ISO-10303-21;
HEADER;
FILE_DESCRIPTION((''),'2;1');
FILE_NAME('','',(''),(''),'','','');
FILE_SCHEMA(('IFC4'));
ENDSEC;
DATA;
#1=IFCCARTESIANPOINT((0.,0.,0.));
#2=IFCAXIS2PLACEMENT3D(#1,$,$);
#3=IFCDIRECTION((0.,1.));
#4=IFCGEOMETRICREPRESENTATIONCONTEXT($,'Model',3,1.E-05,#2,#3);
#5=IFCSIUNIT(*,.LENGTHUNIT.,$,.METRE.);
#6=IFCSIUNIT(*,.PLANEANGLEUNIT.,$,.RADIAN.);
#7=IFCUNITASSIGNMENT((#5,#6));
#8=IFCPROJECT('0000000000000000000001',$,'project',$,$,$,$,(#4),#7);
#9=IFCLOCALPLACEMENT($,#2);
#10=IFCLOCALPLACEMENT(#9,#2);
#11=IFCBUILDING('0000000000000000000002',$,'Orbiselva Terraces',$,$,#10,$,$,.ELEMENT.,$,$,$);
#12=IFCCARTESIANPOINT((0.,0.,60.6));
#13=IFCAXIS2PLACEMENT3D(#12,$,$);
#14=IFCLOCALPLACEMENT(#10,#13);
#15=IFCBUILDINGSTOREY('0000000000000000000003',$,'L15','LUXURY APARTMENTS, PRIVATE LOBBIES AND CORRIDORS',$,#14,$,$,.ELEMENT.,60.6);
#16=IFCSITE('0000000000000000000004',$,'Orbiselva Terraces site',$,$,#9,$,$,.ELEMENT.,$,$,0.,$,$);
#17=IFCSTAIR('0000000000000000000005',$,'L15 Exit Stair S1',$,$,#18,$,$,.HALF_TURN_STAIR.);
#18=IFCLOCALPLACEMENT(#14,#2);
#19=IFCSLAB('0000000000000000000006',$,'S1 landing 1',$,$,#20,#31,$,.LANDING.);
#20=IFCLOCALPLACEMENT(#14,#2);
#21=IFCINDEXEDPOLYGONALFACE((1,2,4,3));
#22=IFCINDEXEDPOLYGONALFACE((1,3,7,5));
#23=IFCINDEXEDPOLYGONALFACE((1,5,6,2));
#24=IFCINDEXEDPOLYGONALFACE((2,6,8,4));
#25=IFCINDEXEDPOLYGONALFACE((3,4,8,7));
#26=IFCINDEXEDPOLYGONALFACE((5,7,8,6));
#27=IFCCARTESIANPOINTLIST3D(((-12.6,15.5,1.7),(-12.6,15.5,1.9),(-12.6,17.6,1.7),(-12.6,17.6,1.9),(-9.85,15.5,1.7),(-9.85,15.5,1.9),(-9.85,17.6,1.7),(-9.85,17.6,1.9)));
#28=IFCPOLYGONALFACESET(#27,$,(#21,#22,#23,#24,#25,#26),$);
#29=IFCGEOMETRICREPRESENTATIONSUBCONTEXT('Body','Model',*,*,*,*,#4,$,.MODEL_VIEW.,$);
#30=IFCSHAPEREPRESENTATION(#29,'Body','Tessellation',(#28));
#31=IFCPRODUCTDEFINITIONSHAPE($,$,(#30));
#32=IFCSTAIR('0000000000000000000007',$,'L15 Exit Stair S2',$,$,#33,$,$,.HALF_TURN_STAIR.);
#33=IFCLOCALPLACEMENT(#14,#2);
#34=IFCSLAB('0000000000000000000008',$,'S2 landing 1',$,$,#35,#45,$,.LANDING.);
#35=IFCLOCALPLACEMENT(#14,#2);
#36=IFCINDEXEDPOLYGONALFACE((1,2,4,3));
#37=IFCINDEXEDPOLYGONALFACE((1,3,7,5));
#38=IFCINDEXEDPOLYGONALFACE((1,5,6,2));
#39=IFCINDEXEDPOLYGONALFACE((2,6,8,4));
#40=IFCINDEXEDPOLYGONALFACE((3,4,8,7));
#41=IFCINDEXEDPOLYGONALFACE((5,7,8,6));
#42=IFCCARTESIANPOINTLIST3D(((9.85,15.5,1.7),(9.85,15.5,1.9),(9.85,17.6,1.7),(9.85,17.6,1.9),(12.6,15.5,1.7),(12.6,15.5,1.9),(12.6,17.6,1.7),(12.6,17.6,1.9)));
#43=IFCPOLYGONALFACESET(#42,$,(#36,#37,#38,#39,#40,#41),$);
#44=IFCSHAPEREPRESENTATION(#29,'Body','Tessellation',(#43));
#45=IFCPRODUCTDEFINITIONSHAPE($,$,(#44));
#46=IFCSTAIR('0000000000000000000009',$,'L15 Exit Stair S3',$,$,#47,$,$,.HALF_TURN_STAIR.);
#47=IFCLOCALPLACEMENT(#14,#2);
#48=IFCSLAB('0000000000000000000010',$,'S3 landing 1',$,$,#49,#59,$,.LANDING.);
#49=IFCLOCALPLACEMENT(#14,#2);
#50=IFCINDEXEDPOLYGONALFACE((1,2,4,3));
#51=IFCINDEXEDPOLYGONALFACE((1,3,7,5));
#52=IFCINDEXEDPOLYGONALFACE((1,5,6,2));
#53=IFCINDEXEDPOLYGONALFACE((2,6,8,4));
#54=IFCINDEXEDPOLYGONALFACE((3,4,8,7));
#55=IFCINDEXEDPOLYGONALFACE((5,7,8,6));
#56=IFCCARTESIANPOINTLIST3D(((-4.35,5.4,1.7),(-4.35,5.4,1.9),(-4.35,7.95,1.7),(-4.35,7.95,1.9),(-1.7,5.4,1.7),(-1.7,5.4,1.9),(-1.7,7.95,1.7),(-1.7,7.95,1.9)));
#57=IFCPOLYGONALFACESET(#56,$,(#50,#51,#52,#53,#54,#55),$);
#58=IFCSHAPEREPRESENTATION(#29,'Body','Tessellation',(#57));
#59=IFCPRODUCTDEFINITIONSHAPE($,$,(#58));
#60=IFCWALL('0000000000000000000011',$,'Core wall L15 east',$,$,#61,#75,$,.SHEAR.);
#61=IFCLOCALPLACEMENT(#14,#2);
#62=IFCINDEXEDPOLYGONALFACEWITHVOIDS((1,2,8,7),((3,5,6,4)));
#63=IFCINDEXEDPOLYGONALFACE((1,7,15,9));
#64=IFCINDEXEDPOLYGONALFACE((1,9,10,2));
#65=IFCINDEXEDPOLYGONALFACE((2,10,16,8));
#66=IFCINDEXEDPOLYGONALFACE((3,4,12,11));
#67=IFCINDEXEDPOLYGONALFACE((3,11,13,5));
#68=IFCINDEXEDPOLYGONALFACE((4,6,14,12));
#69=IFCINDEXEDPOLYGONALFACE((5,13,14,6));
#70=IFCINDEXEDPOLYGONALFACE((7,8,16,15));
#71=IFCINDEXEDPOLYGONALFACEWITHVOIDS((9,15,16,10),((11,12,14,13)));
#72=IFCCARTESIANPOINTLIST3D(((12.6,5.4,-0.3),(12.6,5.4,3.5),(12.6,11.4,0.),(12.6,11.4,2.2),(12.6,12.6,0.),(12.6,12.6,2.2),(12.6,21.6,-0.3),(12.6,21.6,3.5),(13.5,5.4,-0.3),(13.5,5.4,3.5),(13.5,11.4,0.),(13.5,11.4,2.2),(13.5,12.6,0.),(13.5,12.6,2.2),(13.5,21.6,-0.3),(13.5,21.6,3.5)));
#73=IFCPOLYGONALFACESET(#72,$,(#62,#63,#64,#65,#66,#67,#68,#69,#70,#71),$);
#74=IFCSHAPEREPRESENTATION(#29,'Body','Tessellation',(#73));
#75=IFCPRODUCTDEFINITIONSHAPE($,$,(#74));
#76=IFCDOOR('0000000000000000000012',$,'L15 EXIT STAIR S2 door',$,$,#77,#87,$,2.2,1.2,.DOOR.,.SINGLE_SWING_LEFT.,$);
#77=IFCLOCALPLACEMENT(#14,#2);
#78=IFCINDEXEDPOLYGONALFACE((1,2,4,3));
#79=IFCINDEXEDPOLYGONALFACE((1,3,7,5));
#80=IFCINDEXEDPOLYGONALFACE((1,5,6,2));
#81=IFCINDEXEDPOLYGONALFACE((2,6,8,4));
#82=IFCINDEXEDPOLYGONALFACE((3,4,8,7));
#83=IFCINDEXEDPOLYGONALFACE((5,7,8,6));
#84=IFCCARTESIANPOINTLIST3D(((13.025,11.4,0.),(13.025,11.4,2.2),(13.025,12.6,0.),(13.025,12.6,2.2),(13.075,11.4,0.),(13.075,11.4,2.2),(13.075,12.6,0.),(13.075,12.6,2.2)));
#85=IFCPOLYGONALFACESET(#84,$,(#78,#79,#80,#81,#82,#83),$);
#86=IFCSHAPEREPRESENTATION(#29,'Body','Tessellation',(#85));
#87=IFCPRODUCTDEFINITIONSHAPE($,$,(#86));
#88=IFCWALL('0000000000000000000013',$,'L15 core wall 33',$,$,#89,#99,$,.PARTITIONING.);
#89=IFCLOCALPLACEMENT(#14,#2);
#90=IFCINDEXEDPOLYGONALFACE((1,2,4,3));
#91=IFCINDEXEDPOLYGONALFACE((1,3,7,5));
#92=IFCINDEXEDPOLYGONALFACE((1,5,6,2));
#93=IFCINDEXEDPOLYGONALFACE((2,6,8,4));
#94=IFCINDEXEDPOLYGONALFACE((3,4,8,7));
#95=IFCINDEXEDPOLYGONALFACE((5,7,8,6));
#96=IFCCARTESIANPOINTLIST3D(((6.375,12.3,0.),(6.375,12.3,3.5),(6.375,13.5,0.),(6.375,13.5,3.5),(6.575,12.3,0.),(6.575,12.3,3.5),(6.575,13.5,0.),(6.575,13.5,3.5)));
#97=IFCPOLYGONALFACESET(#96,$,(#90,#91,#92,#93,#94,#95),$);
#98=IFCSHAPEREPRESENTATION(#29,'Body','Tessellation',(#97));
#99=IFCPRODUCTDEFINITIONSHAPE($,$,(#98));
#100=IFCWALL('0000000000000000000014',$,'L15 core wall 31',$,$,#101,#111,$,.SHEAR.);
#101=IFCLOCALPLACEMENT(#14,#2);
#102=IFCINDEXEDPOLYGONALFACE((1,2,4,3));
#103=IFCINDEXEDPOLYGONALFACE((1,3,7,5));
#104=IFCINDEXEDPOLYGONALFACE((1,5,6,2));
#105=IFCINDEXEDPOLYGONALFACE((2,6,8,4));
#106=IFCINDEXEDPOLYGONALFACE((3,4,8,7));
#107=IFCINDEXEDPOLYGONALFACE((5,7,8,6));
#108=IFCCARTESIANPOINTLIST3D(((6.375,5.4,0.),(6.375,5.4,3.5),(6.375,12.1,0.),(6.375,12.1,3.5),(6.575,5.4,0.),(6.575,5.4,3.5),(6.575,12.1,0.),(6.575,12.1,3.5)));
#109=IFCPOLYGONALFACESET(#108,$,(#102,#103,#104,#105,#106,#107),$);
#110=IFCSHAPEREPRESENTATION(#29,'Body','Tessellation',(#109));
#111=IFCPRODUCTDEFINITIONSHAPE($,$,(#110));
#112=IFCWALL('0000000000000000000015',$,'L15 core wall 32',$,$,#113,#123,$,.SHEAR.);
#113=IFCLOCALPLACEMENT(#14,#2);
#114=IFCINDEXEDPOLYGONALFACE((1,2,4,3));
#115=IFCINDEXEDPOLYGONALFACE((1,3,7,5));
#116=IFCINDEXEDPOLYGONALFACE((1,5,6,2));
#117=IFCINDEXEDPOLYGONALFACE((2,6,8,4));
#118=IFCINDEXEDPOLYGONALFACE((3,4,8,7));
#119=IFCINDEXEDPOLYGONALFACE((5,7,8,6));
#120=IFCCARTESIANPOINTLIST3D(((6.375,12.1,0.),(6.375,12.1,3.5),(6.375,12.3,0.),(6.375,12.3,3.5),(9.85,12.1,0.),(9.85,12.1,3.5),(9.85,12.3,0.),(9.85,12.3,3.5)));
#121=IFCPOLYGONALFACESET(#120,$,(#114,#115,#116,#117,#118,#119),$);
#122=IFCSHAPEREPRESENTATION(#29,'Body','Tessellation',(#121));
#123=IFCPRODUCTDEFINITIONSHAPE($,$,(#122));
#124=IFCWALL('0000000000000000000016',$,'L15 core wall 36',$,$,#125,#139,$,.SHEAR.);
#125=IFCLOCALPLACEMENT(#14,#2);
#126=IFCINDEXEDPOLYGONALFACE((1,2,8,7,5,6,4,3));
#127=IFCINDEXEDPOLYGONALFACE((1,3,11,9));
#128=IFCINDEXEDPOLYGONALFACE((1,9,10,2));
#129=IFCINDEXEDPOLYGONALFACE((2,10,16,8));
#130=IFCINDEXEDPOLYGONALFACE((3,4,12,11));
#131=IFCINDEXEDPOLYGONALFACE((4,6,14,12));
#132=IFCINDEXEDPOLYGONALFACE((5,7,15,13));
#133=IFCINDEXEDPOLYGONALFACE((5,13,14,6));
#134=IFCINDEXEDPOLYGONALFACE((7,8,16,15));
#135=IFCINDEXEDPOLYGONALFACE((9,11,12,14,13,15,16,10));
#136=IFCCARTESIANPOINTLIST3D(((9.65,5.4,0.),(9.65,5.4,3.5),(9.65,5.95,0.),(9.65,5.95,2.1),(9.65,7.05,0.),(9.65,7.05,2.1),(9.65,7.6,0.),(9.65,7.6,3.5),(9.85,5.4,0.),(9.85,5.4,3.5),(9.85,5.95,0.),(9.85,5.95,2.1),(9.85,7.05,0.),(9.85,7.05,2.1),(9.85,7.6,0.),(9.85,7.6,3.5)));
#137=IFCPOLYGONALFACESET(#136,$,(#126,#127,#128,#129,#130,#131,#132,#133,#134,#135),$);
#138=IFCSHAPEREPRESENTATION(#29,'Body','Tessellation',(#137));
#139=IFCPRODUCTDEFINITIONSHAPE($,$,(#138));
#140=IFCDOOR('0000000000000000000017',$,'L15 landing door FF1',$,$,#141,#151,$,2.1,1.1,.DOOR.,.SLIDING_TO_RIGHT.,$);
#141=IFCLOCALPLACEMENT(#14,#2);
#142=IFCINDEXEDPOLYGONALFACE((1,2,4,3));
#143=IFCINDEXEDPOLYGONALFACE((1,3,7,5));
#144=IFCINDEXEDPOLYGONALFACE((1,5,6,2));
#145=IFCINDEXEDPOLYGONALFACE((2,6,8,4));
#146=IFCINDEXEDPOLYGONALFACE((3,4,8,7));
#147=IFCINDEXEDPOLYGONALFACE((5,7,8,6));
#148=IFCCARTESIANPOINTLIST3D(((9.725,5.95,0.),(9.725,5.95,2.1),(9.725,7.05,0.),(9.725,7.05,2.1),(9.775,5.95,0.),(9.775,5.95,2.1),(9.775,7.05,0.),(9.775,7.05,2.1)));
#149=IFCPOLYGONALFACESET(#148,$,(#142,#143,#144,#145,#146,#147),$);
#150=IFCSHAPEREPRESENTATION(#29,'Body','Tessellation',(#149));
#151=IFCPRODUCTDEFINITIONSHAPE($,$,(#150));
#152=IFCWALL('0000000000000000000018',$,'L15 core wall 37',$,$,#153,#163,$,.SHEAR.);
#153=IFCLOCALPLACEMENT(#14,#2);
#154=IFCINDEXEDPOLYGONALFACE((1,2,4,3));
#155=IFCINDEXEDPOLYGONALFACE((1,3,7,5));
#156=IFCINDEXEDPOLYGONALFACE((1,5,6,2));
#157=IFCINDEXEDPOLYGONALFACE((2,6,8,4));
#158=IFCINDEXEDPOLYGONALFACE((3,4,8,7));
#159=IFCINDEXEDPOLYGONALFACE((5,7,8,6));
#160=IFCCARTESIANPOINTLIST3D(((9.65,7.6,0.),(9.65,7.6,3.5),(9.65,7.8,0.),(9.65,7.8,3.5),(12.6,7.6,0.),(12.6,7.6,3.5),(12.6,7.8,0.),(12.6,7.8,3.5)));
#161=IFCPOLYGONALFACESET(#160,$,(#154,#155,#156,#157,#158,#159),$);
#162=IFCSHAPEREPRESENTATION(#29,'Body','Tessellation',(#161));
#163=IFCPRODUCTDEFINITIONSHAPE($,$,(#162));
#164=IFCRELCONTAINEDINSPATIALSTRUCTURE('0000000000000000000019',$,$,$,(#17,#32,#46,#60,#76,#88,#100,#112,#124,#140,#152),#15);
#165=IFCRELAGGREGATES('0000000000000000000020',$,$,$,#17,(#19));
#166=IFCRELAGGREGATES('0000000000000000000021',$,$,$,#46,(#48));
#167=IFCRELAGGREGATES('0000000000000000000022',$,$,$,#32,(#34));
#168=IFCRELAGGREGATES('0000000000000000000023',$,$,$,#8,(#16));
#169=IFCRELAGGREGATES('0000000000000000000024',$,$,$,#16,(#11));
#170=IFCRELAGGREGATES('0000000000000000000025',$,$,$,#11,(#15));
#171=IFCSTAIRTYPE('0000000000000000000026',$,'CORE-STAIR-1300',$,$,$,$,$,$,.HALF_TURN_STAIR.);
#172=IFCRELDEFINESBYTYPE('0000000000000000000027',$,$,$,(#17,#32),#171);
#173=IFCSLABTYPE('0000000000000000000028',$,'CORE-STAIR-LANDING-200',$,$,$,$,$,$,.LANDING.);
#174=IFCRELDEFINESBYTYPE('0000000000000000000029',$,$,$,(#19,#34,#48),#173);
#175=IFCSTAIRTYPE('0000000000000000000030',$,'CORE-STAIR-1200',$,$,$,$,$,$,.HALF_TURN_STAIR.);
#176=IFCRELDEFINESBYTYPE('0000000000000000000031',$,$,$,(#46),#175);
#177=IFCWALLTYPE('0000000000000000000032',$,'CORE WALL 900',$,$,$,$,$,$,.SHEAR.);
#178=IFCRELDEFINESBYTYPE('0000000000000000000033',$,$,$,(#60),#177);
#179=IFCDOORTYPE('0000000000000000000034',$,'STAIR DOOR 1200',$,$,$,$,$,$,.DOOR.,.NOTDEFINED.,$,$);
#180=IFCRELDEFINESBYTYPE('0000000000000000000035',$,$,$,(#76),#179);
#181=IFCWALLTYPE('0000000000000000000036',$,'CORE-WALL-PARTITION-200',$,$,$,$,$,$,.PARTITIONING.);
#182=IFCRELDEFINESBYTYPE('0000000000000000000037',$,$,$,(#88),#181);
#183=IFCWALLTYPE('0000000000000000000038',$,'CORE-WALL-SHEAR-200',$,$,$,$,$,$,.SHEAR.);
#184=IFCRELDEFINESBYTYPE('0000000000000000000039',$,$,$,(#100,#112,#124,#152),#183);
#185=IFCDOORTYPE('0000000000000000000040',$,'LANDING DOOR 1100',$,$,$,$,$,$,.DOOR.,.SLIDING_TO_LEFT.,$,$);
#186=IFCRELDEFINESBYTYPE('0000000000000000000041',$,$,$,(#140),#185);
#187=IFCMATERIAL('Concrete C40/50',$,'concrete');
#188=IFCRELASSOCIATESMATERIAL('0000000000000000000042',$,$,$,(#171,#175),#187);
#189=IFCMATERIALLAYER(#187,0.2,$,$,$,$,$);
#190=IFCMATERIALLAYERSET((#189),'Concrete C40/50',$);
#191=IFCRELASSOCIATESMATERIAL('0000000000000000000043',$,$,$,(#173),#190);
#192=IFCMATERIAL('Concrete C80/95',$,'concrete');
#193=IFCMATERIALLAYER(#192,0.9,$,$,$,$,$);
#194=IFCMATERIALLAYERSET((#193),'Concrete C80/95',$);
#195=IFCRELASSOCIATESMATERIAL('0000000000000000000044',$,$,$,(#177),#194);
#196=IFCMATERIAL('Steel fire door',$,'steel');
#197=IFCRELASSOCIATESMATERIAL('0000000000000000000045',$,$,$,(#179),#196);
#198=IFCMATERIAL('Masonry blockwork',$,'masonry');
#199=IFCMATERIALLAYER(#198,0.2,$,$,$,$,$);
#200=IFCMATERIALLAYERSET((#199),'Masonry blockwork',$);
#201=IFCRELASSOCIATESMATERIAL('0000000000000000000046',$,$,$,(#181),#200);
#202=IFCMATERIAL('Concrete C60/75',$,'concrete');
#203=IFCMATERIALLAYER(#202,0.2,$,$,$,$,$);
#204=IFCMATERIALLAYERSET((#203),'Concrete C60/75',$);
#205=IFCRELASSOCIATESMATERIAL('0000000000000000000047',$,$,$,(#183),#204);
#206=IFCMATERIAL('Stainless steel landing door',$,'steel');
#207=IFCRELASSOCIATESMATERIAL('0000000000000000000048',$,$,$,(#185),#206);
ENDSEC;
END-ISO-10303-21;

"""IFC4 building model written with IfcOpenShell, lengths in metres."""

from ifc_helpers import new_model, si_unit, direction, frame, frame_2d, origin, place, context, subcontext, project, spatial, polyline, rectangle, outline, extrude, material, layer, layer_set, type_object, element, fill, aggregate, save


model = new_model("IFC4")

# Units and contexts
model_context = context("Model", 3, precision=1e-05, world=origin(), true_north=direction((0.0, 1.0)))
body_context = subcontext(model_context, "Body", "Model", "MODEL_VIEW")
ifc_project = project(units=[si_unit("LENGTHUNIT", "METRE"), si_unit("PLANEANGLEUNIT", "RADIAN")], contexts=[model_context])

# Site, building, storey
site_placement = place(None, origin())
site = spatial("IfcSite", under=ifc_project, at=site_placement, Name="Orbiselva Terraces site", CompositionType="ELEMENT", RefElevation=0.0)
building_placement = place(site_placement, origin())
building = spatial("IfcBuilding", under=site, at=building_placement, Name="Orbiselva Terraces", CompositionType="ELEMENT")
storey_placement = place(building_placement, frame((0.0, 0.0, 60.6)))
storey = spatial("IfcBuildingStorey", under=building, at=storey_placement, Name="L15", Description="LUXURY APARTMENTS, PRIVATE LOBBIES AND CORRIDORS", CompositionType="ELEMENT", Elevation=60.6)

# Stairs, slabs
ifc_material_1 = material(Name="Concrete C40/50", Category="concrete")
stair_type_1 = type_object("IfcStairType", Name="CORE-STAIR-1300", PredefinedType="HALF_TURN_STAIR", material=ifc_material_1)
stair_1_placement = place(storey_placement, origin())
stair_1 = element("IfcStair", 1, at=stair_1_placement, inside=storey, type_object=stair_type_1, Name="L15 Exit Stair S1", PredefinedType="HALF_TURN_STAIR")
ifc_layer_1 = layer(ifc_material_1, 0.2)
ifc_layer_set_1 = layer_set([ifc_layer_1], Name="Concrete C40/50")
slab_type = type_object("IfcSlabType", Name="CORE-STAIR-LANDING-200", PredefinedType="LANDING", material=ifc_layer_set_1)
slab_1_placement = place(storey_placement, frame((0.0, 0.0, 1.7)))
slab_1 = element("IfcSlab", 2, at=slab_1_placement, type_object=slab_type, Name="S1 landing 1", PredefinedType="LANDING", context=body_context, shape_type="SweptSolid", body=[
    extrude(outline(polyline([(-9.85, 15.5), (-9.85, 17.6), (-12.6, 17.6), (-12.6, 15.5), (-9.85, 15.5)])), origin(), (0.0, 0.0, 1.0), 0.2),
])
aggregate(stair_1, [slab_1])
stair_2_placement = place(storey_placement, origin())
stair_2 = element("IfcStair", 3, at=stair_2_placement, inside=storey, type_object=stair_type_1, Name="L15 Exit Stair S2", PredefinedType="HALF_TURN_STAIR")
slab_2_placement = place(storey_placement, frame((0.0, 0.0, 1.7)))
slab_2 = element("IfcSlab", 4, at=slab_2_placement, type_object=slab_type, Name="S2 landing 1", PredefinedType="LANDING", context=body_context, shape_type="SweptSolid", body=[
    extrude(outline(polyline([(12.6, 15.5), (12.6, 17.6), (9.85, 17.6), (9.85, 15.5), (12.6, 15.5)])), origin(), (0.0, 0.0, 1.0), 0.2),
])
stair_type_2 = type_object("IfcStairType", Name="CORE-STAIR-1200", PredefinedType="HALF_TURN_STAIR", material=ifc_material_1)
stair_3_placement = place(storey_placement, origin())
stair_3 = element("IfcStair", 5, at=stair_3_placement, inside=storey, type_object=stair_type_2, Name="L15 Exit Stair S3", PredefinedType="HALF_TURN_STAIR")
slab_3_placement = place(storey_placement, frame((0.0, 0.0, 1.7)))
slab_3 = element("IfcSlab", 6, at=slab_3_placement, type_object=slab_type, Name="S3 landing 1", PredefinedType="LANDING", context=body_context, shape_type="SweptSolid", body=[
    extrude(outline(polyline([(-4.35, 5.4), (-1.7, 5.4), (-1.7, 7.95), (-4.35, 7.95), (-4.35, 5.4)])), origin(), (0.0, 0.0, 1.0), 0.2),
])
aggregate(stair_3, [slab_3])

# Wall, opening, door
ifc_material_2 = material(Name="Concrete C80/95", Category="concrete")
ifc_layer_2 = layer(ifc_material_2, 0.9)
ifc_layer_set_2 = layer_set([ifc_layer_2], Name="Concrete C80/95")
wall_type_1 = type_object("IfcWallType", Name="CORE WALL 900", PredefinedType="SHEAR", material=ifc_layer_set_2)
wall_1_placement = place(storey_placement, frame((13.05, 5.4, -0.3), z_axis=(0.0, 0.0, 1.0), x_axis=(0.0, 1.0, 0.0)))
wall_1 = element("IfcWall", 7, at=wall_1_placement, inside=storey, type_object=wall_type_1, Name="Core wall L15 east", PredefinedType="SHEAR", context=body_context, shape_type="SweptSolid", body=[
    extrude(rectangle(XDim=16.2, YDim=0.9, at=frame_2d((8.1, 0.0))), origin(), (0.0, 0.0, 1.0), 3.8),
])
opening_1_placement = place(wall_1_placement, frame((6.0, 0.0, 0.3)))
opening_1 = element("IfcOpeningElement", 8, at=opening_1_placement, cuts=wall_1, PredefinedType="OPENING", context=body_context, shape_type="SweptSolid", body=[
    extrude(rectangle(XDim=1.2, YDim=2.2, at=frame_2d((0.6, 1.1))), frame((0.0, 0.46, 0.0), z_axis=(0.0, -1.0, 0.0), x_axis=(1.0, 0.0, 0.0)), (0.0, 0.0, 1.0), 0.92),
])
ifc_material_3 = material(Name="Steel fire door", Category="steel")
door_type_1 = type_object("IfcDoorType", Name="STAIR DOOR 1200", OperationType="NOTDEFINED", PredefinedType="DOOR", material=ifc_material_3)
door_1_placement = place(opening_1_placement, frame((1.2, 0.0, 0.0), z_axis=(0.0, 0.0, 1.0), x_axis=(-1.0, 0.0, 0.0)))
door_1 = element("IfcDoor", 9, at=door_1_placement, inside=storey, type_object=door_type_1, Name="L15 EXIT STAIR S2 door", OperationType="SINGLE_SWING_LEFT", OverallHeight=2.2, OverallWidth=1.2, PredefinedType="DOOR", context=body_context, shape_type="SweptSolid", body=[
    extrude(rectangle(XDim=1.2, YDim=2.2, at=frame_2d((0.6, 1.1))), frame((0.0, 0.025, 0.0), z_axis=(0.0, -1.0, 0.0), x_axis=(1.0, 0.0, 0.0)), (0.0, 0.0, 1.0), 0.05),
])
fill(opening_1, door_1)

# Walls
ifc_material_4 = material(Name="Masonry blockwork", Category="masonry")
ifc_layer_3 = layer(ifc_material_4, 0.2)
ifc_layer_set_3 = layer_set([ifc_layer_3], Name="Masonry blockwork")
wall_type_2 = type_object("IfcWallType", Name="CORE-WALL-PARTITION-200", PredefinedType="PARTITIONING", material=ifc_layer_set_3)
wall_2_placement = place(storey_placement, frame((6.475, 12.3, 0.0), z_axis=(0.0, 0.0, 1.0), x_axis=(0.0, 1.0, 0.0)))
element("IfcWall", 10, at=wall_2_placement, inside=storey, type_object=wall_type_2, Name="L15 core wall 33", PredefinedType="PARTITIONING", context=body_context, shape_type="SweptSolid", body=[
    extrude(rectangle(XDim=1.2, YDim=0.2, at=frame_2d((0.6, 0.0))), origin(), (0.0, 0.0, 1.0), 3.5),
])
ifc_material_5 = material(Name="Concrete C60/75", Category="concrete")
ifc_layer_4 = layer(ifc_material_5, 0.2)
ifc_layer_set_4 = layer_set([ifc_layer_4], Name="Concrete C60/75")
wall_type_3 = type_object("IfcWallType", Name="CORE-WALL-SHEAR-200", PredefinedType="SHEAR", material=ifc_layer_set_4)
wall_3_placement = place(storey_placement, frame((6.475, 5.4, 0.0), z_axis=(0.0, 0.0, 1.0), x_axis=(0.0, 1.0, 0.0)))
element("IfcWall", 11, at=wall_3_placement, inside=storey, type_object=wall_type_3, Name="L15 core wall 31", PredefinedType="SHEAR", context=body_context, shape_type="SweptSolid", body=[
    extrude(rectangle(XDim=6.7, YDim=0.2, at=frame_2d((3.35, 0.0))), origin(), (0.0, 0.0, 1.0), 3.5),
])
wall_4_placement = place(storey_placement, frame((6.375, 12.2, 0.0), z_axis=(0.0, 0.0, 1.0), x_axis=(1.0, 0.0, 0.0)))
element("IfcWall", 12, at=wall_4_placement, inside=storey, type_object=wall_type_3, Name="L15 core wall 32", PredefinedType="SHEAR", context=body_context, shape_type="SweptSolid", body=[
    extrude(rectangle(XDim=3.475, YDim=0.2, at=frame_2d((1.7375, 0.0))), origin(), (0.0, 0.0, 1.0), 3.5),
])

# Wall, opening, door
wall_5_placement = place(storey_placement, frame((9.75, 5.4, 0.0), z_axis=(0.0, 0.0, 1.0), x_axis=(0.0, 1.0, 0.0)))
wall_5 = element("IfcWall", 13, at=wall_5_placement, inside=storey, type_object=wall_type_3, Name="L15 core wall 36", PredefinedType="SHEAR", context=body_context, shape_type="SweptSolid", body=[
    extrude(rectangle(XDim=2.2, YDim=0.2, at=frame_2d((1.1, 0.0))), origin(), (0.0, 0.0, 1.0), 3.5),
])
opening_2_placement = place(wall_5_placement, frame((0.55, 0.0, 0.0)))
opening_2 = element("IfcOpeningElement", 14, at=opening_2_placement, cuts=wall_5, PredefinedType="OPENING", context=body_context, shape_type="SweptSolid", body=[
    extrude(rectangle(XDim=1.1, YDim=2.1, at=frame_2d((0.55, 1.05))), frame((0.0, 0.11, 0.0), z_axis=(0.0, -1.0, 0.0), x_axis=(1.0, 0.0, 0.0)), (0.0, 0.0, 1.0), 0.22),
])
ifc_material_6 = material(Name="Stainless steel landing door", Category="steel")
door_type_2 = type_object("IfcDoorType", Name="LANDING DOOR 1100", OperationType="SLIDING_TO_LEFT", PredefinedType="DOOR", material=ifc_material_6)
door_2_placement = place(opening_2_placement, origin())
door_2 = element("IfcDoor", 15, at=door_2_placement, inside=storey, type_object=door_type_2, Name="L15 landing door FF1", OperationType="SLIDING_TO_RIGHT", OverallHeight=2.1, OverallWidth=1.1, PredefinedType="DOOR", context=body_context, shape_type="SweptSolid", body=[
    extrude(rectangle(XDim=1.1, YDim=2.1, at=frame_2d((0.55, 1.05))), frame((0.0, 0.025, 0.0), z_axis=(0.0, -1.0, 0.0), x_axis=(1.0, 0.0, 0.0)), (0.0, 0.0, 1.0), 0.05),
])
fill(opening_2, door_2)

# Wall
wall_6_placement = place(storey_placement, frame((9.65, 7.7, 0.0), z_axis=(0.0, 0.0, 1.0), x_axis=(1.0, 0.0, 0.0)))
element("IfcWall", 16, at=wall_6_placement, inside=storey, type_object=wall_type_3, Name="L15 core wall 37", PredefinedType="SHEAR", context=body_context, shape_type="SweptSolid", body=[
    extrude(rectangle(XDim=2.95, YDim=0.2, at=frame_2d((1.475, 0.0))), origin(), (0.0, 0.0, 1.0), 3.5),
])

aggregate(stair_2, [slab_2])

save(model, "model.ifc")
